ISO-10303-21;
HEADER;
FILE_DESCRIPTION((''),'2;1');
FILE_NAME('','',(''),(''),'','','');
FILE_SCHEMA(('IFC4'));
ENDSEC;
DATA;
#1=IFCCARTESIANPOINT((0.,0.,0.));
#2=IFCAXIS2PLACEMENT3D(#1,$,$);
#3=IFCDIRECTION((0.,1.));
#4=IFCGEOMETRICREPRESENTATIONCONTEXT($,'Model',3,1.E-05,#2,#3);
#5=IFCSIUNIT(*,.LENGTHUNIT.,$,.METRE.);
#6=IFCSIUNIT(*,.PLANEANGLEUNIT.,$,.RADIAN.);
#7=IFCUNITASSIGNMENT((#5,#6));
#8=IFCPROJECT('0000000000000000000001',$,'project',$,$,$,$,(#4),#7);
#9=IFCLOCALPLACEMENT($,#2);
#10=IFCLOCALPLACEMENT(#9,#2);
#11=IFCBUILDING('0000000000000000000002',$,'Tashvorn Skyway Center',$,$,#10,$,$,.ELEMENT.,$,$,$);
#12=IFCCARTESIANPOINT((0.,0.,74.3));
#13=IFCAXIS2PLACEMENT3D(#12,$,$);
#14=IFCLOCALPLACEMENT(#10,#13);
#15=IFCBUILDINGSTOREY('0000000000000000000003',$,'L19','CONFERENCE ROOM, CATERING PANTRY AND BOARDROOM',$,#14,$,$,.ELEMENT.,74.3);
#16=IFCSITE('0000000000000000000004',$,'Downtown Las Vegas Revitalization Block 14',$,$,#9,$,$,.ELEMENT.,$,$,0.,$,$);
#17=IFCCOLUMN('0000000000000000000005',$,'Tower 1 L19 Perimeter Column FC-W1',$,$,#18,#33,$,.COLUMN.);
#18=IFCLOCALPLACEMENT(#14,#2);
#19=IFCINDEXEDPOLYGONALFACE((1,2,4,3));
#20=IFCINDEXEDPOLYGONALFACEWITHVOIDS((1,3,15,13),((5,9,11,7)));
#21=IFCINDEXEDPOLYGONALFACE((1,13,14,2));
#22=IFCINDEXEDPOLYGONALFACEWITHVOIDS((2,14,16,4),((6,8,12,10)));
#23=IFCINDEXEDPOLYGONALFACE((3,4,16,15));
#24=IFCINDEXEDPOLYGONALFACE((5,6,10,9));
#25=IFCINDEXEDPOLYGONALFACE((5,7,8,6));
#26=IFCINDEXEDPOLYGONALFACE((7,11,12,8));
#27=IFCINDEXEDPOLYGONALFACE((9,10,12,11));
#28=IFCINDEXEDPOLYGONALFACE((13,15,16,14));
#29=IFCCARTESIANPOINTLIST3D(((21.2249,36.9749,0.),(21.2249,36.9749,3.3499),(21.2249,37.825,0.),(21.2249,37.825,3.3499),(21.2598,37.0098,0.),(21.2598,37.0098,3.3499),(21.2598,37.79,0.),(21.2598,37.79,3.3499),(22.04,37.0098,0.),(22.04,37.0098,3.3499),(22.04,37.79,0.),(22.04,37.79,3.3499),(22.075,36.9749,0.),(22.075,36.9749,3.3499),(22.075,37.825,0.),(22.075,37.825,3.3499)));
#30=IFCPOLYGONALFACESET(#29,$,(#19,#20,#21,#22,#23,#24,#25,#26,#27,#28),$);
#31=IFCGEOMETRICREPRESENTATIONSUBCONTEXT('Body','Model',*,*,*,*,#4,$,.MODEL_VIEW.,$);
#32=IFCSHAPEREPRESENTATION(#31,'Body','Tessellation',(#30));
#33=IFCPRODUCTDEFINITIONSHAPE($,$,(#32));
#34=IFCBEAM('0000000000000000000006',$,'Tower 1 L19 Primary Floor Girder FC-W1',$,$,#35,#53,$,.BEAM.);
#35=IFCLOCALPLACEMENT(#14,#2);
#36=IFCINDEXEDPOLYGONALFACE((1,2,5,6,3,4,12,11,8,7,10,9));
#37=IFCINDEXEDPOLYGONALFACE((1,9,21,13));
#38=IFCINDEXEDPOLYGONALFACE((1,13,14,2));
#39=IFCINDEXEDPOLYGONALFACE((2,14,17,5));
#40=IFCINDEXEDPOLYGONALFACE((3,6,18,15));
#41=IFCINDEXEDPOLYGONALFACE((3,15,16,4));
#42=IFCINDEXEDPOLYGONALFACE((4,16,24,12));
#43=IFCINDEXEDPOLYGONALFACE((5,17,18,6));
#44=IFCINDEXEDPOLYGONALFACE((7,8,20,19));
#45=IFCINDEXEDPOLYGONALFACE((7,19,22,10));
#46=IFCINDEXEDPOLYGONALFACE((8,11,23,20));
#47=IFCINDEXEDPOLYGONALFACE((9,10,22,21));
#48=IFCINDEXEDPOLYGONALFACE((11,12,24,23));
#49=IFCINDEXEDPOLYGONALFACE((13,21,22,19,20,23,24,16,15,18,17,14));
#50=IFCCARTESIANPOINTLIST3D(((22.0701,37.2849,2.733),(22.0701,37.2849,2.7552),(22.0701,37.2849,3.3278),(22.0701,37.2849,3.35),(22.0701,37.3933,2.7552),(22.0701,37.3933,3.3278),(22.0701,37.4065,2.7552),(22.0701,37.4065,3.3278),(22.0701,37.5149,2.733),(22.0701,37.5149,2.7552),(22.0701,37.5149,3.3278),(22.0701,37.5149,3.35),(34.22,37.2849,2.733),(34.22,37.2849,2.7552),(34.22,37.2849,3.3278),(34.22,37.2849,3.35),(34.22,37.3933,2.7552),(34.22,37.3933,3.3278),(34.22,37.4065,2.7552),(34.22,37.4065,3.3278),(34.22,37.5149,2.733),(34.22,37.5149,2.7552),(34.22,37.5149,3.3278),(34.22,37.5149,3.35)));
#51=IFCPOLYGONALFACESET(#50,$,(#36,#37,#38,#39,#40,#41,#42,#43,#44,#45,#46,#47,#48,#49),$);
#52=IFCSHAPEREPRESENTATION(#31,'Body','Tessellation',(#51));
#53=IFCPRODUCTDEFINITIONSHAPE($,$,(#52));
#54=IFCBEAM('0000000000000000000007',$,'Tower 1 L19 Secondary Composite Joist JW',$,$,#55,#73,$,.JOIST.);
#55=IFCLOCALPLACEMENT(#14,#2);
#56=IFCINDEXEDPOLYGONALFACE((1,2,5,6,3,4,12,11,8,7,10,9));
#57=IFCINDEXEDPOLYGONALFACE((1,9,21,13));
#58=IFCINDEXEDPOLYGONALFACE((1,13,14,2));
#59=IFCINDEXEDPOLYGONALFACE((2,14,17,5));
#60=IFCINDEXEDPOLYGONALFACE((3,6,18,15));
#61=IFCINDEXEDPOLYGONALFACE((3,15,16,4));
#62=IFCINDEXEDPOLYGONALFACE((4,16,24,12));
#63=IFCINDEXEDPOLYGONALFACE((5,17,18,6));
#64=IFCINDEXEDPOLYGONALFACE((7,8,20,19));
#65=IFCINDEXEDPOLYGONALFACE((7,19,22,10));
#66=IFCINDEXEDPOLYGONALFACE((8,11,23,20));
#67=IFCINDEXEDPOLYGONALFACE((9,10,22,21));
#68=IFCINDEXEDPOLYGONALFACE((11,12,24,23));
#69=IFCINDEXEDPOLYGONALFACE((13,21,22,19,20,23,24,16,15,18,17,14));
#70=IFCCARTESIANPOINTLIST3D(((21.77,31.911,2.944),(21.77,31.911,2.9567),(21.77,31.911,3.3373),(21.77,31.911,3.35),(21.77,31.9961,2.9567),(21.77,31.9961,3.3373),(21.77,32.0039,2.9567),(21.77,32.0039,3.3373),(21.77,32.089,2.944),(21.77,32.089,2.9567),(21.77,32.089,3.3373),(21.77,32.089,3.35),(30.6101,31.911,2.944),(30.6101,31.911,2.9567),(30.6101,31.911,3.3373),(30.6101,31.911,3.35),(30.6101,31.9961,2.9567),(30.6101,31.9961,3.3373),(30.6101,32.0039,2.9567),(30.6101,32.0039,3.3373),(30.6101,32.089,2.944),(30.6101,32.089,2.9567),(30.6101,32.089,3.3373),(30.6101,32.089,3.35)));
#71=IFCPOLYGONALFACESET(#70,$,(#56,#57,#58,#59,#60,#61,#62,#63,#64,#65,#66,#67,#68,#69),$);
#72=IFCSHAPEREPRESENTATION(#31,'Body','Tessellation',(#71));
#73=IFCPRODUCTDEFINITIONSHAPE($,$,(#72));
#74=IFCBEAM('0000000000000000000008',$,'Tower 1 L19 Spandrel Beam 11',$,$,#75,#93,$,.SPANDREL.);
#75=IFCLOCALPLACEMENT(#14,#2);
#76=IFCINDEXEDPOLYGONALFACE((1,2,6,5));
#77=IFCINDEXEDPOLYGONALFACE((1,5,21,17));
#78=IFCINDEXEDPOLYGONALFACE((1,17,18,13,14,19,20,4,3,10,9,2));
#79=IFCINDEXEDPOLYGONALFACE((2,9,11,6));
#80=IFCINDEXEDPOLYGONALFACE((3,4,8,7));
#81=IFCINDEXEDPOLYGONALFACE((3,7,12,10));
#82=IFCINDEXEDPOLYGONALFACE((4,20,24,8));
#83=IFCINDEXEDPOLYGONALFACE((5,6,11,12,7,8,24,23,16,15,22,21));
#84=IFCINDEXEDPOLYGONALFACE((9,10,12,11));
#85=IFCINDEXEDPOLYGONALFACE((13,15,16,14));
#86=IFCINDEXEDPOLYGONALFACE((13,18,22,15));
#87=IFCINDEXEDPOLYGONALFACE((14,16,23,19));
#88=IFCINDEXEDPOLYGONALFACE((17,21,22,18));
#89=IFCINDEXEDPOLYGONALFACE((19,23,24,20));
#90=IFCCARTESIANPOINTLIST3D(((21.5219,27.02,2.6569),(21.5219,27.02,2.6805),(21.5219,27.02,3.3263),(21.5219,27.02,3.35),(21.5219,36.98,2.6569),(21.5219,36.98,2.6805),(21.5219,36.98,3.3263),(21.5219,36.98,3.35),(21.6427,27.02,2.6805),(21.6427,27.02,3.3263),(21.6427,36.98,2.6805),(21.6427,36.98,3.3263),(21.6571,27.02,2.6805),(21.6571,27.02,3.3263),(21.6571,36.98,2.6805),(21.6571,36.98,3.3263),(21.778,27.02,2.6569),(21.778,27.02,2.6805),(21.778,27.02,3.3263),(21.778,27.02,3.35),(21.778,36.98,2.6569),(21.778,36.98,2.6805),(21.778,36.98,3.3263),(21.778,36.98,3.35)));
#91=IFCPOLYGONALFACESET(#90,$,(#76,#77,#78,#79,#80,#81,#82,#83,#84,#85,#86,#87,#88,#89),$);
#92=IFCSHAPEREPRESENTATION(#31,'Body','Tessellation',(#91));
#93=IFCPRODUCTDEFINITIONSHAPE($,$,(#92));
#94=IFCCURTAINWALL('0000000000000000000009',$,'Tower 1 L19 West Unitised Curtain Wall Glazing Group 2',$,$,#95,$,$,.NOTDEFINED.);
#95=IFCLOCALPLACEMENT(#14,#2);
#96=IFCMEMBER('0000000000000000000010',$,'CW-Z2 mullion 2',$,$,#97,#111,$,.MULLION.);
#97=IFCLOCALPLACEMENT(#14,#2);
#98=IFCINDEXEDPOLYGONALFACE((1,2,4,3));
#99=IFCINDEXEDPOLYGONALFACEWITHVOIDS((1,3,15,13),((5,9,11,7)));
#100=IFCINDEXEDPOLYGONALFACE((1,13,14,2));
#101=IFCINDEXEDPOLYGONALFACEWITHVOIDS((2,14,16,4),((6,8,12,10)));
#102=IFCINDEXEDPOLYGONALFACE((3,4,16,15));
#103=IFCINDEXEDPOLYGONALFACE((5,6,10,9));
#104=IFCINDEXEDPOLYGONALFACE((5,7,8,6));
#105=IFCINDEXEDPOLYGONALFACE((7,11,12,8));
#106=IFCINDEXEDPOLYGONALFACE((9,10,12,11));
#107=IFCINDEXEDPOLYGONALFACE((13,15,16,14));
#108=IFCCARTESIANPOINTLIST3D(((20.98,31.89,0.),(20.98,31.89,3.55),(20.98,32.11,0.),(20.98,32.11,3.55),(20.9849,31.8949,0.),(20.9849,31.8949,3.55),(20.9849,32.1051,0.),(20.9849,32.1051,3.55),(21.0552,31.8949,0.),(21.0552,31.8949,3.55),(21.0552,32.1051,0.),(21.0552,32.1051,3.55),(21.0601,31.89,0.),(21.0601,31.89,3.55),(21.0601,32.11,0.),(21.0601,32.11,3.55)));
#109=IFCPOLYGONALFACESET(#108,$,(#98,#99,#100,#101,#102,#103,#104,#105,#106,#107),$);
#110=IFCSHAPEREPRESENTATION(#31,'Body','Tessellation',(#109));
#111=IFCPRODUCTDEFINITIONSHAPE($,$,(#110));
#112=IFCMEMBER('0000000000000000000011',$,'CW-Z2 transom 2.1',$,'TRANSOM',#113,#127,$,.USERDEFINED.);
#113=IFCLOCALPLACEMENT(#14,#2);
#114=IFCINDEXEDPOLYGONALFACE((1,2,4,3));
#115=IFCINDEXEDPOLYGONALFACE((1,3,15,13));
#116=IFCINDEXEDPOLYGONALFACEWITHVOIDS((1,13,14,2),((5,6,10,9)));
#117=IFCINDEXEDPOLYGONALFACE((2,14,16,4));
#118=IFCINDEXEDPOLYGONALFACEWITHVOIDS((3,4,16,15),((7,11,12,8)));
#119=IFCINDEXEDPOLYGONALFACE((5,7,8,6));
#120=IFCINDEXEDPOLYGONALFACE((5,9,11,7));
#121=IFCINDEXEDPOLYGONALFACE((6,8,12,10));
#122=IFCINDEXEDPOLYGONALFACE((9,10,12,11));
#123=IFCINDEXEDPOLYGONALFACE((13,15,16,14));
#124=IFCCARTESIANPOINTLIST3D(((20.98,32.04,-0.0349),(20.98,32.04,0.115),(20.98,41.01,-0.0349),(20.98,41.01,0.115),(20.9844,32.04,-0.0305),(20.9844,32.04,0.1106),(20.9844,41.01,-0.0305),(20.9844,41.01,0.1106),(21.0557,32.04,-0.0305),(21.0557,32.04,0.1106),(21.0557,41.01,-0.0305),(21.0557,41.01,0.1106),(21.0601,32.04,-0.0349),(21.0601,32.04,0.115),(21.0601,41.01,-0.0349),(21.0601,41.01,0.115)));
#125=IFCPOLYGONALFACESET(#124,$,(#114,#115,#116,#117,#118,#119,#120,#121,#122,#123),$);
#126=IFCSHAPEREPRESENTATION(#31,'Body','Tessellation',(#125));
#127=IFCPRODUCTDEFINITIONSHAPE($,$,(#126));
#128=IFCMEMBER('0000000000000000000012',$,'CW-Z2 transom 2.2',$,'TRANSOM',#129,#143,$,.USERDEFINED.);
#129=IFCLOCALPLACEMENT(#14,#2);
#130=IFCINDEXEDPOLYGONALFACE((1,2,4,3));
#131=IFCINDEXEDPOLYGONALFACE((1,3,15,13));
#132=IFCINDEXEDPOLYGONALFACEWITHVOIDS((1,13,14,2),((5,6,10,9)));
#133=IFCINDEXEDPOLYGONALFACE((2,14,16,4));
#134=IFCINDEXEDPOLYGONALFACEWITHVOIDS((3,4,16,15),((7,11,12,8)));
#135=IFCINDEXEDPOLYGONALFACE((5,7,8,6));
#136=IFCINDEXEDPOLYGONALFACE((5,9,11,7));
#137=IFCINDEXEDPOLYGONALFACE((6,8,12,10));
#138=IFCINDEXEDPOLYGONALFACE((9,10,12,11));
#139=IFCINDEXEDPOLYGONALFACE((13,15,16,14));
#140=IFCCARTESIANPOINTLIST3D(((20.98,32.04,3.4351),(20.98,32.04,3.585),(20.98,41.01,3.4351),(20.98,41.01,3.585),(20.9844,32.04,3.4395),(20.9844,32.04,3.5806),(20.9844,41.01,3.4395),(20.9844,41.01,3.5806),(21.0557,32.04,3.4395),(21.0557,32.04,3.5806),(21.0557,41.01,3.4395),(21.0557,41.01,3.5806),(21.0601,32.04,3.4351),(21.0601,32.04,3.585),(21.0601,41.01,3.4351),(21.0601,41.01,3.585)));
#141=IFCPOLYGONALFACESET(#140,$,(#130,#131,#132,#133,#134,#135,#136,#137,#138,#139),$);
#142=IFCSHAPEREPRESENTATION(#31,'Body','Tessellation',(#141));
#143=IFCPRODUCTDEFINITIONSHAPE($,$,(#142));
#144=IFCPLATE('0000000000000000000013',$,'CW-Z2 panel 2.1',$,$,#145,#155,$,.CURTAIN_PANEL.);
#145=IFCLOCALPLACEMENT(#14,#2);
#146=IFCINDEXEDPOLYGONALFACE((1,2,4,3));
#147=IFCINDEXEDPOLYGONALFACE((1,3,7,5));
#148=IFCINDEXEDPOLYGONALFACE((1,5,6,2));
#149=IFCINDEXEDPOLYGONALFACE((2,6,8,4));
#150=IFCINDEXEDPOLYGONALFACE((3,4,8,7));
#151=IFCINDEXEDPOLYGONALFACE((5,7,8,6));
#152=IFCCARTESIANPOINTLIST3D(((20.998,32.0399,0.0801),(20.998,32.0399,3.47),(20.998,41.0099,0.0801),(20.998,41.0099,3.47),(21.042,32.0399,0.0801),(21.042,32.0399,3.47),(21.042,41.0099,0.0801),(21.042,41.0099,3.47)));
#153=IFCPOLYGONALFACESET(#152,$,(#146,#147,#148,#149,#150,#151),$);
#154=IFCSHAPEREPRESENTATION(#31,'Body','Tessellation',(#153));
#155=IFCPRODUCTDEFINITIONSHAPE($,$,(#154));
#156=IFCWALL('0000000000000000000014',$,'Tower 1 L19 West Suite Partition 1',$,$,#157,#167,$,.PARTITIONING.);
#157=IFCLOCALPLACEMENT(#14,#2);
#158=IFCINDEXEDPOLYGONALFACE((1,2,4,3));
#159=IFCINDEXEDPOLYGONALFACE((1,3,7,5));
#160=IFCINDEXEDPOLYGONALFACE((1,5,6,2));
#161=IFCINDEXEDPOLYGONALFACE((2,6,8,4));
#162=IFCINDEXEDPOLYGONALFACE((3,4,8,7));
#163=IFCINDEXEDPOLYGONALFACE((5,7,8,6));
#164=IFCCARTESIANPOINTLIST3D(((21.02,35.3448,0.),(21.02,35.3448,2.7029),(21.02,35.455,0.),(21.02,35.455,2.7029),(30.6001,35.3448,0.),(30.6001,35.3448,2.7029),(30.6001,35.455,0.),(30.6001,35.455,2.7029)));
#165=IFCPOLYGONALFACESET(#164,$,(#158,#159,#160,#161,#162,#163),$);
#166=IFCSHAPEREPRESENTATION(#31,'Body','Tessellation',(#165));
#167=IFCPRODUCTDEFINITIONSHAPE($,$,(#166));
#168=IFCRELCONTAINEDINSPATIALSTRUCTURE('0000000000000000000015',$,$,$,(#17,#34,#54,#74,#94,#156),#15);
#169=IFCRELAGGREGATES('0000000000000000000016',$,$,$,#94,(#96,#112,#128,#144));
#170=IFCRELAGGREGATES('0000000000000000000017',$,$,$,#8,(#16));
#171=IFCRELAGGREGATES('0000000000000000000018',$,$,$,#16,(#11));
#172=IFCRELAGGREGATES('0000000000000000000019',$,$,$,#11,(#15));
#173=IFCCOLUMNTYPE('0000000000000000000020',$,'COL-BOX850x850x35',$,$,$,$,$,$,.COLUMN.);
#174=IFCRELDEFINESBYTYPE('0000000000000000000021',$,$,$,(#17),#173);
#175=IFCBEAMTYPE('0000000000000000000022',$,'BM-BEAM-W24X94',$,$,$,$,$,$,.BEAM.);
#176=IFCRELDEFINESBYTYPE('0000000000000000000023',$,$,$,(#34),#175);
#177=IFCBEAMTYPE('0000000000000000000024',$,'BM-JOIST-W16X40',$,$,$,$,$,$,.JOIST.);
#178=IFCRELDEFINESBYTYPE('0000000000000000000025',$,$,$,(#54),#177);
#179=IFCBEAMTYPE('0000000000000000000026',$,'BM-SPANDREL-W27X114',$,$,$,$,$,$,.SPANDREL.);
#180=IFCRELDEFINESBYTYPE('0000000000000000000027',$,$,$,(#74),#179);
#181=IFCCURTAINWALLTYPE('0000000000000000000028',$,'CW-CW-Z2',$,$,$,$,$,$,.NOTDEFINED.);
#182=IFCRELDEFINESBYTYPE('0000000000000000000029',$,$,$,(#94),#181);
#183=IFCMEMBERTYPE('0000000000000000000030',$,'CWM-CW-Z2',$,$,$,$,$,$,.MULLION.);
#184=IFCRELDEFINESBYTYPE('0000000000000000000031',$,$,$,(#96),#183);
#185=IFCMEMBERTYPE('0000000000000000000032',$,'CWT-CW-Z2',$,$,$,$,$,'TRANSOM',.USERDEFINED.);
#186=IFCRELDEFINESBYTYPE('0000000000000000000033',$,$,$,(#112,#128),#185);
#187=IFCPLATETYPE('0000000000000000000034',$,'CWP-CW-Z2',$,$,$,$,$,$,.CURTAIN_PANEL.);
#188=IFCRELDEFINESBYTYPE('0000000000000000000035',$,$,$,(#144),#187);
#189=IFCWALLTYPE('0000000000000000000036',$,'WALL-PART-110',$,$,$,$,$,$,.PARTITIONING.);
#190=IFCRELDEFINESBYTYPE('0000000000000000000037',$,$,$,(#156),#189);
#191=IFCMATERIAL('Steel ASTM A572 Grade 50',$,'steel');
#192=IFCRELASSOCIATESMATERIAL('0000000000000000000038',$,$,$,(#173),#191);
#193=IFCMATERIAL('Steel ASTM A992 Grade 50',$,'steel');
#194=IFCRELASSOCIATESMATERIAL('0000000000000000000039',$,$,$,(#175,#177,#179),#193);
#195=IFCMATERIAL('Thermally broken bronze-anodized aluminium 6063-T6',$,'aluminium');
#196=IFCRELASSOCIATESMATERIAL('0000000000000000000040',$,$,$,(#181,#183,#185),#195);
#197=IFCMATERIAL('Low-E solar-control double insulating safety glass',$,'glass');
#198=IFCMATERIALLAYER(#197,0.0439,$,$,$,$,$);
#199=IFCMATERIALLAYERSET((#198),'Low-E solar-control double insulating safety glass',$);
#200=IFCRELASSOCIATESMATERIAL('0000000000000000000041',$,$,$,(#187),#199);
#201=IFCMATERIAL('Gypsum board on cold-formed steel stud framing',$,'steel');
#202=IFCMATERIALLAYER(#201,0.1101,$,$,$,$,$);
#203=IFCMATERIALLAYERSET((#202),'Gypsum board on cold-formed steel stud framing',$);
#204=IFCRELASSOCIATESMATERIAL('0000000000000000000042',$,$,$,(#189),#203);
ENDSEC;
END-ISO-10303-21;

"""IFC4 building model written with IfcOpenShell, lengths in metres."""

from ifc_helpers import new_model, si_unit, direction, frame, frame_2d, origin, origin_2d, place, context, subcontext, project, spatial, rectangle, hollow_rectangle, i_section, extrude, material, layer, layer_set, material_profile, profile_set, type_object, element, aggregate, save


model = new_model("IFC4")

# Units and contexts
model_context = context("Model", 3, precision=1e-05, world=origin(), true_north=direction((0.0, 1.0)))
body_context = subcontext(model_context, "Body", "Model", "MODEL_VIEW")
ifc_project = project(units=[si_unit("LENGTHUNIT", "METRE"), si_unit("PLANEANGLEUNIT", "RADIAN")], contexts=[model_context])

# Site, building, storey
site_placement = place(None, origin())
site = spatial("IfcSite", under=ifc_project, at=site_placement, Name="Downtown Las Vegas Revitalization Block 14", CompositionType="ELEMENT", RefElevation=0.0)
building_placement = place(site_placement, origin())
building = spatial("IfcBuilding", under=site, at=building_placement, Name="Tashvorn Skyway Center", CompositionType="ELEMENT")
storey_placement = place(building_placement, frame((0.0, 0.0, 74.3)))
storey = spatial("IfcBuildingStorey", under=building, at=storey_placement, Name="L19", Description="CONFERENCE ROOM, CATERING PANTRY AND BOARDROOM", CompositionType="ELEMENT", Elevation=74.3)

# Column
ifc_material_1 = material(Name="Steel ASTM A572 Grade 50", Category="steel")
ifc_material_profile_1 = material_profile(ifc_material_1, hollow_rectangle(XDim=0.8501, YDim=0.8501, WallThickness=0.0349, at=origin_2d()), Name="BOX850x850x35")
ifc_profile_set_1 = profile_set([ifc_material_profile_1], Name="Steel ASTM A572 Grade 50")
column_type = type_object("IfcColumnType", Name="COL-BOX850x850x35", PredefinedType="COLUMN", material=ifc_profile_set_1)
column_placement = place(storey_placement, frame((21.6499, 37.3999, 0.0), z_axis=(0.0, 0.0, 1.0), x_axis=(1.0, 0.0, 0.0)))
element("IfcColumn", 1, at=column_placement, inside=storey, type_object=column_type, Name="Tower 1 L19 Perimeter Column FC-W1", PredefinedType="COLUMN", context=body_context, shape_type="SweptSolid", body=[
    extrude(hollow_rectangle(XDim=0.8501, YDim=0.8501, WallThickness=0.0349, at=origin_2d()), origin(), (0.0, 0.0, 1.0), 3.3499),
])

# Beams
ifc_material_2 = material(Name="Steel ASTM A992 Grade 50", Category="steel")
ifc_material_profile_2 = material_profile(ifc_material_2, i_section(OverallWidth=0.23, OverallDepth=0.6169, WebThickness=0.0132, FlangeThickness=0.0222, at=origin_2d()), Name="W24X94")
ifc_profile_set_2 = profile_set([ifc_material_profile_2], Name="Steel ASTM A992 Grade 50")
beam_type_1 = type_object("IfcBeamType", Name="BM-BEAM-W24X94", PredefinedType="BEAM", material=ifc_profile_set_2)
beam_1_placement = place(storey_placement, frame((22.0701, 37.3999, 3.0415), z_axis=(1.0, 0.0, 0.0), x_axis=(0.0, 1.0, 0.0)))
element("IfcBeam", 2, at=beam_1_placement, inside=storey, type_object=beam_type_1, Name="Tower 1 L19 Primary Floor Girder FC-W1", PredefinedType="BEAM", context=body_context, shape_type="SweptSolid", body=[
    extrude(i_section(OverallWidth=0.23, OverallDepth=0.6169, WebThickness=0.0132, FlangeThickness=0.0222, at=origin_2d()), origin(), (0.0, 0.0, 1.0), 12.1499),
])
ifc_material_profile_3 = material_profile(ifc_material_2, i_section(OverallWidth=0.178, OverallDepth=0.406, WebThickness=0.0078, FlangeThickness=0.0127, at=origin_2d()), Name="W16X40")
ifc_profile_set_3 = profile_set([ifc_material_profile_3], Name="Steel ASTM A992 Grade 50")
beam_type_2 = type_object("IfcBeamType", Name="BM-JOIST-W16X40", PredefinedType="JOIST", material=ifc_profile_set_3)
beam_2_placement = place(storey_placement, frame((30.6101, 32.0, 3.147), z_axis=(-1.0, 0.0, 0.0), x_axis=(0.0, -1.0, 0.0)))
element("IfcBeam", 3, at=beam_2_placement, inside=storey, type_object=beam_type_2, Name="Tower 1 L19 Secondary Composite Joist JW", PredefinedType="JOIST", context=body_context, shape_type="SweptSolid", body=[
    extrude(i_section(OverallWidth=0.178, OverallDepth=0.406, WebThickness=0.0078, FlangeThickness=0.0127, at=origin_2d()), origin(), (0.0, 0.0, 1.0), 8.8401),
])
ifc_material_profile_4 = material_profile(ifc_material_2, i_section(OverallWidth=0.2561, OverallDepth=0.6931, WebThickness=0.0144, FlangeThickness=0.0237, at=origin_2d()), Name="W27X114")
ifc_profile_set_4 = profile_set([ifc_material_profile_4], Name="Steel ASTM A992 Grade 50")
beam_type_3 = type_object("IfcBeamType", Name="BM-SPANDREL-W27X114", PredefinedType="SPANDREL", material=ifc_profile_set_4)
beam_3_placement = place(storey_placement, frame((21.6499, 36.98, 3.0034), z_axis=(0.0, -1.0, 0.0), x_axis=(1.0, 0.0, 0.0)))
element("IfcBeam", 4, at=beam_3_placement, inside=storey, type_object=beam_type_3, Name="Tower 1 L19 Spandrel Beam 11", PredefinedType="SPANDREL", context=body_context, shape_type="SweptSolid", body=[
    extrude(i_section(OverallWidth=0.2561, OverallDepth=0.6931, WebThickness=0.0144, FlangeThickness=0.0237, at=origin_2d()), origin(), (0.0, 0.0, 1.0), 9.96),
])

# Curtain wall, members, plate
ifc_material_3 = material(Name="Thermally broken bronze-anodized aluminium 6063-T6", Category="aluminium")
curtain_wall_type = type_object("IfcCurtainWallType", Name="CW-CW-Z2", PredefinedType="NOTDEFINED", material=ifc_material_3)
curtain_wall_placement = place(storey_placement, origin())
curtain_wall = element("IfcCurtainWall", 5, at=curtain_wall_placement, inside=storey, type_object=curtain_wall_type, Name="Tower 1 L19 West Unitised Curtain Wall Glazing Group 2", PredefinedType="NOTDEFINED")
ifc_material_profile_5 = material_profile(ifc_material_3, hollow_rectangle(XDim=0.0801, YDim=0.22, WallThickness=0.0049, at=origin_2d()), Name="ALU-MULL-80x220")
ifc_profile_set_5 = profile_set([ifc_material_profile_5], Name="Thermally broken bronze-anodized aluminium 6063-T6")
member_type_1 = type_object("IfcMemberType", Name="CWM-CW-Z2", PredefinedType="MULLION", material=ifc_profile_set_5)
member_1_placement = place(storey_placement, frame((21.02, 32.0, 0.0), z_axis=(0.0, 0.0, 1.0), x_axis=(-1.0, 0.0, 0.0)))
member_1 = element("IfcMember", 6, at=member_1_placement, type_object=member_type_1, Name="CW-Z2 mullion 2", PredefinedType="MULLION", context=body_context, shape_type="SweptSolid", body=[
    extrude(hollow_rectangle(XDim=0.0801, YDim=0.22, WallThickness=0.0049, at=origin_2d()), origin(), (0.0, 0.0, 1.0), 3.55),
])
ifc_material_profile_6 = material_profile(ifc_material_3, hollow_rectangle(XDim=0.0801, YDim=0.1499, WallThickness=0.0044, at=origin_2d()), Name="ALU-TRAN-80x150")
ifc_profile_set_6 = profile_set([ifc_material_profile_6], Name="Thermally broken bronze-anodized aluminium 6063-T6")
member_type_2 = type_object("IfcMemberType", Name="CWT-CW-Z2", ElementType="TRANSOM", PredefinedType="USERDEFINED", material=ifc_profile_set_6)
member_2_placement = place(storey_placement, frame((21.02, 32.04, 0.04), z_axis=(0.0, 1.0, 0.0), x_axis=(-1.0, 0.0, 0.0)))
member_2 = element("IfcMember", 7, at=member_2_placement, type_object=member_type_2, Name="CW-Z2 transom 2.1", ObjectType="TRANSOM", PredefinedType="USERDEFINED", context=body_context, shape_type="SweptSolid", body=[
    extrude(hollow_rectangle(XDim=0.0801, YDim=0.1499, WallThickness=0.0044, at=origin_2d()), origin(), (0.0, 0.0, 1.0), 8.97),
])
member_3_placement = place(storey_placement, frame((21.02, 32.04, 3.51), z_axis=(0.0, 1.0, 0.0), x_axis=(-1.0, 0.0, 0.0)))
member_3 = element("IfcMember", 8, at=member_3_placement, type_object=member_type_2, Name="CW-Z2 transom 2.2", ObjectType="TRANSOM", PredefinedType="USERDEFINED", context=body_context, shape_type="SweptSolid", body=[
    extrude(hollow_rectangle(XDim=0.0801, YDim=0.1499, WallThickness=0.0044, at=origin_2d()), origin(), (0.0, 0.0, 1.0), 8.97),
])
ifc_material_4 = material(Name="Low-E solar-control double insulating safety glass", Category="glass")
ifc_layer_1 = layer(ifc_material_4, 0.0439)
ifc_layer_set_1 = layer_set([ifc_layer_1], Name="Low-E solar-control double insulating safety glass")
plate_type = type_object("IfcPlateType", Name="CWP-CW-Z2", PredefinedType="CURTAIN_PANEL", material=ifc_layer_set_1)
plate_placement = place(storey_placement, frame((21.02, 36.5249, 0.0801), z_axis=(0.0, 0.0, 1.0), x_axis=(0.0, 1.0, 0.0)))
plate = element("IfcPlate", 9, at=plate_placement, type_object=plate_type, Name="CW-Z2 panel 2.1", PredefinedType="CURTAIN_PANEL", context=body_context, shape_type="SweptSolid", body=[
    extrude(rectangle(XDim=8.97, YDim=0.0439, at=origin_2d()), origin(), (0.0, 0.0, 1.0), 3.3899),
])
aggregate(curtain_wall, [member_1, member_2, member_3, plate])

# Wall
ifc_material_5 = material(Name="Gypsum board on cold-formed steel stud framing", Category="steel")
ifc_layer_2 = layer(ifc_material_5, 0.1101)
ifc_layer_set_2 = layer_set([ifc_layer_2], Name="Gypsum board on cold-formed steel stud framing")
wall_type_1 = type_object("IfcWallType", Name="WALL-PART-110", PredefinedType="PARTITIONING", material=ifc_layer_set_2)
wall_1_placement = place(storey_placement, frame((30.6001, 35.3999, 0.0), z_axis=(0.0, 0.0, 1.0), x_axis=(-1.0, 0.0, 0.0)))
element("IfcWall", 10, at=wall_1_placement, inside=storey, type_object=wall_type_1, Name="Tower 1 L19 West Suite Partition 1", PredefinedType="PARTITIONING", context=body_context, shape_type="SweptSolid", body=[
    extrude(rectangle(XDim=9.5801, YDim=0.1101, at=frame_2d((4.79, 0.0))), origin(), (0.0, 0.0, 1.0), 2.7029),
])

save(model, "model.ifc")
